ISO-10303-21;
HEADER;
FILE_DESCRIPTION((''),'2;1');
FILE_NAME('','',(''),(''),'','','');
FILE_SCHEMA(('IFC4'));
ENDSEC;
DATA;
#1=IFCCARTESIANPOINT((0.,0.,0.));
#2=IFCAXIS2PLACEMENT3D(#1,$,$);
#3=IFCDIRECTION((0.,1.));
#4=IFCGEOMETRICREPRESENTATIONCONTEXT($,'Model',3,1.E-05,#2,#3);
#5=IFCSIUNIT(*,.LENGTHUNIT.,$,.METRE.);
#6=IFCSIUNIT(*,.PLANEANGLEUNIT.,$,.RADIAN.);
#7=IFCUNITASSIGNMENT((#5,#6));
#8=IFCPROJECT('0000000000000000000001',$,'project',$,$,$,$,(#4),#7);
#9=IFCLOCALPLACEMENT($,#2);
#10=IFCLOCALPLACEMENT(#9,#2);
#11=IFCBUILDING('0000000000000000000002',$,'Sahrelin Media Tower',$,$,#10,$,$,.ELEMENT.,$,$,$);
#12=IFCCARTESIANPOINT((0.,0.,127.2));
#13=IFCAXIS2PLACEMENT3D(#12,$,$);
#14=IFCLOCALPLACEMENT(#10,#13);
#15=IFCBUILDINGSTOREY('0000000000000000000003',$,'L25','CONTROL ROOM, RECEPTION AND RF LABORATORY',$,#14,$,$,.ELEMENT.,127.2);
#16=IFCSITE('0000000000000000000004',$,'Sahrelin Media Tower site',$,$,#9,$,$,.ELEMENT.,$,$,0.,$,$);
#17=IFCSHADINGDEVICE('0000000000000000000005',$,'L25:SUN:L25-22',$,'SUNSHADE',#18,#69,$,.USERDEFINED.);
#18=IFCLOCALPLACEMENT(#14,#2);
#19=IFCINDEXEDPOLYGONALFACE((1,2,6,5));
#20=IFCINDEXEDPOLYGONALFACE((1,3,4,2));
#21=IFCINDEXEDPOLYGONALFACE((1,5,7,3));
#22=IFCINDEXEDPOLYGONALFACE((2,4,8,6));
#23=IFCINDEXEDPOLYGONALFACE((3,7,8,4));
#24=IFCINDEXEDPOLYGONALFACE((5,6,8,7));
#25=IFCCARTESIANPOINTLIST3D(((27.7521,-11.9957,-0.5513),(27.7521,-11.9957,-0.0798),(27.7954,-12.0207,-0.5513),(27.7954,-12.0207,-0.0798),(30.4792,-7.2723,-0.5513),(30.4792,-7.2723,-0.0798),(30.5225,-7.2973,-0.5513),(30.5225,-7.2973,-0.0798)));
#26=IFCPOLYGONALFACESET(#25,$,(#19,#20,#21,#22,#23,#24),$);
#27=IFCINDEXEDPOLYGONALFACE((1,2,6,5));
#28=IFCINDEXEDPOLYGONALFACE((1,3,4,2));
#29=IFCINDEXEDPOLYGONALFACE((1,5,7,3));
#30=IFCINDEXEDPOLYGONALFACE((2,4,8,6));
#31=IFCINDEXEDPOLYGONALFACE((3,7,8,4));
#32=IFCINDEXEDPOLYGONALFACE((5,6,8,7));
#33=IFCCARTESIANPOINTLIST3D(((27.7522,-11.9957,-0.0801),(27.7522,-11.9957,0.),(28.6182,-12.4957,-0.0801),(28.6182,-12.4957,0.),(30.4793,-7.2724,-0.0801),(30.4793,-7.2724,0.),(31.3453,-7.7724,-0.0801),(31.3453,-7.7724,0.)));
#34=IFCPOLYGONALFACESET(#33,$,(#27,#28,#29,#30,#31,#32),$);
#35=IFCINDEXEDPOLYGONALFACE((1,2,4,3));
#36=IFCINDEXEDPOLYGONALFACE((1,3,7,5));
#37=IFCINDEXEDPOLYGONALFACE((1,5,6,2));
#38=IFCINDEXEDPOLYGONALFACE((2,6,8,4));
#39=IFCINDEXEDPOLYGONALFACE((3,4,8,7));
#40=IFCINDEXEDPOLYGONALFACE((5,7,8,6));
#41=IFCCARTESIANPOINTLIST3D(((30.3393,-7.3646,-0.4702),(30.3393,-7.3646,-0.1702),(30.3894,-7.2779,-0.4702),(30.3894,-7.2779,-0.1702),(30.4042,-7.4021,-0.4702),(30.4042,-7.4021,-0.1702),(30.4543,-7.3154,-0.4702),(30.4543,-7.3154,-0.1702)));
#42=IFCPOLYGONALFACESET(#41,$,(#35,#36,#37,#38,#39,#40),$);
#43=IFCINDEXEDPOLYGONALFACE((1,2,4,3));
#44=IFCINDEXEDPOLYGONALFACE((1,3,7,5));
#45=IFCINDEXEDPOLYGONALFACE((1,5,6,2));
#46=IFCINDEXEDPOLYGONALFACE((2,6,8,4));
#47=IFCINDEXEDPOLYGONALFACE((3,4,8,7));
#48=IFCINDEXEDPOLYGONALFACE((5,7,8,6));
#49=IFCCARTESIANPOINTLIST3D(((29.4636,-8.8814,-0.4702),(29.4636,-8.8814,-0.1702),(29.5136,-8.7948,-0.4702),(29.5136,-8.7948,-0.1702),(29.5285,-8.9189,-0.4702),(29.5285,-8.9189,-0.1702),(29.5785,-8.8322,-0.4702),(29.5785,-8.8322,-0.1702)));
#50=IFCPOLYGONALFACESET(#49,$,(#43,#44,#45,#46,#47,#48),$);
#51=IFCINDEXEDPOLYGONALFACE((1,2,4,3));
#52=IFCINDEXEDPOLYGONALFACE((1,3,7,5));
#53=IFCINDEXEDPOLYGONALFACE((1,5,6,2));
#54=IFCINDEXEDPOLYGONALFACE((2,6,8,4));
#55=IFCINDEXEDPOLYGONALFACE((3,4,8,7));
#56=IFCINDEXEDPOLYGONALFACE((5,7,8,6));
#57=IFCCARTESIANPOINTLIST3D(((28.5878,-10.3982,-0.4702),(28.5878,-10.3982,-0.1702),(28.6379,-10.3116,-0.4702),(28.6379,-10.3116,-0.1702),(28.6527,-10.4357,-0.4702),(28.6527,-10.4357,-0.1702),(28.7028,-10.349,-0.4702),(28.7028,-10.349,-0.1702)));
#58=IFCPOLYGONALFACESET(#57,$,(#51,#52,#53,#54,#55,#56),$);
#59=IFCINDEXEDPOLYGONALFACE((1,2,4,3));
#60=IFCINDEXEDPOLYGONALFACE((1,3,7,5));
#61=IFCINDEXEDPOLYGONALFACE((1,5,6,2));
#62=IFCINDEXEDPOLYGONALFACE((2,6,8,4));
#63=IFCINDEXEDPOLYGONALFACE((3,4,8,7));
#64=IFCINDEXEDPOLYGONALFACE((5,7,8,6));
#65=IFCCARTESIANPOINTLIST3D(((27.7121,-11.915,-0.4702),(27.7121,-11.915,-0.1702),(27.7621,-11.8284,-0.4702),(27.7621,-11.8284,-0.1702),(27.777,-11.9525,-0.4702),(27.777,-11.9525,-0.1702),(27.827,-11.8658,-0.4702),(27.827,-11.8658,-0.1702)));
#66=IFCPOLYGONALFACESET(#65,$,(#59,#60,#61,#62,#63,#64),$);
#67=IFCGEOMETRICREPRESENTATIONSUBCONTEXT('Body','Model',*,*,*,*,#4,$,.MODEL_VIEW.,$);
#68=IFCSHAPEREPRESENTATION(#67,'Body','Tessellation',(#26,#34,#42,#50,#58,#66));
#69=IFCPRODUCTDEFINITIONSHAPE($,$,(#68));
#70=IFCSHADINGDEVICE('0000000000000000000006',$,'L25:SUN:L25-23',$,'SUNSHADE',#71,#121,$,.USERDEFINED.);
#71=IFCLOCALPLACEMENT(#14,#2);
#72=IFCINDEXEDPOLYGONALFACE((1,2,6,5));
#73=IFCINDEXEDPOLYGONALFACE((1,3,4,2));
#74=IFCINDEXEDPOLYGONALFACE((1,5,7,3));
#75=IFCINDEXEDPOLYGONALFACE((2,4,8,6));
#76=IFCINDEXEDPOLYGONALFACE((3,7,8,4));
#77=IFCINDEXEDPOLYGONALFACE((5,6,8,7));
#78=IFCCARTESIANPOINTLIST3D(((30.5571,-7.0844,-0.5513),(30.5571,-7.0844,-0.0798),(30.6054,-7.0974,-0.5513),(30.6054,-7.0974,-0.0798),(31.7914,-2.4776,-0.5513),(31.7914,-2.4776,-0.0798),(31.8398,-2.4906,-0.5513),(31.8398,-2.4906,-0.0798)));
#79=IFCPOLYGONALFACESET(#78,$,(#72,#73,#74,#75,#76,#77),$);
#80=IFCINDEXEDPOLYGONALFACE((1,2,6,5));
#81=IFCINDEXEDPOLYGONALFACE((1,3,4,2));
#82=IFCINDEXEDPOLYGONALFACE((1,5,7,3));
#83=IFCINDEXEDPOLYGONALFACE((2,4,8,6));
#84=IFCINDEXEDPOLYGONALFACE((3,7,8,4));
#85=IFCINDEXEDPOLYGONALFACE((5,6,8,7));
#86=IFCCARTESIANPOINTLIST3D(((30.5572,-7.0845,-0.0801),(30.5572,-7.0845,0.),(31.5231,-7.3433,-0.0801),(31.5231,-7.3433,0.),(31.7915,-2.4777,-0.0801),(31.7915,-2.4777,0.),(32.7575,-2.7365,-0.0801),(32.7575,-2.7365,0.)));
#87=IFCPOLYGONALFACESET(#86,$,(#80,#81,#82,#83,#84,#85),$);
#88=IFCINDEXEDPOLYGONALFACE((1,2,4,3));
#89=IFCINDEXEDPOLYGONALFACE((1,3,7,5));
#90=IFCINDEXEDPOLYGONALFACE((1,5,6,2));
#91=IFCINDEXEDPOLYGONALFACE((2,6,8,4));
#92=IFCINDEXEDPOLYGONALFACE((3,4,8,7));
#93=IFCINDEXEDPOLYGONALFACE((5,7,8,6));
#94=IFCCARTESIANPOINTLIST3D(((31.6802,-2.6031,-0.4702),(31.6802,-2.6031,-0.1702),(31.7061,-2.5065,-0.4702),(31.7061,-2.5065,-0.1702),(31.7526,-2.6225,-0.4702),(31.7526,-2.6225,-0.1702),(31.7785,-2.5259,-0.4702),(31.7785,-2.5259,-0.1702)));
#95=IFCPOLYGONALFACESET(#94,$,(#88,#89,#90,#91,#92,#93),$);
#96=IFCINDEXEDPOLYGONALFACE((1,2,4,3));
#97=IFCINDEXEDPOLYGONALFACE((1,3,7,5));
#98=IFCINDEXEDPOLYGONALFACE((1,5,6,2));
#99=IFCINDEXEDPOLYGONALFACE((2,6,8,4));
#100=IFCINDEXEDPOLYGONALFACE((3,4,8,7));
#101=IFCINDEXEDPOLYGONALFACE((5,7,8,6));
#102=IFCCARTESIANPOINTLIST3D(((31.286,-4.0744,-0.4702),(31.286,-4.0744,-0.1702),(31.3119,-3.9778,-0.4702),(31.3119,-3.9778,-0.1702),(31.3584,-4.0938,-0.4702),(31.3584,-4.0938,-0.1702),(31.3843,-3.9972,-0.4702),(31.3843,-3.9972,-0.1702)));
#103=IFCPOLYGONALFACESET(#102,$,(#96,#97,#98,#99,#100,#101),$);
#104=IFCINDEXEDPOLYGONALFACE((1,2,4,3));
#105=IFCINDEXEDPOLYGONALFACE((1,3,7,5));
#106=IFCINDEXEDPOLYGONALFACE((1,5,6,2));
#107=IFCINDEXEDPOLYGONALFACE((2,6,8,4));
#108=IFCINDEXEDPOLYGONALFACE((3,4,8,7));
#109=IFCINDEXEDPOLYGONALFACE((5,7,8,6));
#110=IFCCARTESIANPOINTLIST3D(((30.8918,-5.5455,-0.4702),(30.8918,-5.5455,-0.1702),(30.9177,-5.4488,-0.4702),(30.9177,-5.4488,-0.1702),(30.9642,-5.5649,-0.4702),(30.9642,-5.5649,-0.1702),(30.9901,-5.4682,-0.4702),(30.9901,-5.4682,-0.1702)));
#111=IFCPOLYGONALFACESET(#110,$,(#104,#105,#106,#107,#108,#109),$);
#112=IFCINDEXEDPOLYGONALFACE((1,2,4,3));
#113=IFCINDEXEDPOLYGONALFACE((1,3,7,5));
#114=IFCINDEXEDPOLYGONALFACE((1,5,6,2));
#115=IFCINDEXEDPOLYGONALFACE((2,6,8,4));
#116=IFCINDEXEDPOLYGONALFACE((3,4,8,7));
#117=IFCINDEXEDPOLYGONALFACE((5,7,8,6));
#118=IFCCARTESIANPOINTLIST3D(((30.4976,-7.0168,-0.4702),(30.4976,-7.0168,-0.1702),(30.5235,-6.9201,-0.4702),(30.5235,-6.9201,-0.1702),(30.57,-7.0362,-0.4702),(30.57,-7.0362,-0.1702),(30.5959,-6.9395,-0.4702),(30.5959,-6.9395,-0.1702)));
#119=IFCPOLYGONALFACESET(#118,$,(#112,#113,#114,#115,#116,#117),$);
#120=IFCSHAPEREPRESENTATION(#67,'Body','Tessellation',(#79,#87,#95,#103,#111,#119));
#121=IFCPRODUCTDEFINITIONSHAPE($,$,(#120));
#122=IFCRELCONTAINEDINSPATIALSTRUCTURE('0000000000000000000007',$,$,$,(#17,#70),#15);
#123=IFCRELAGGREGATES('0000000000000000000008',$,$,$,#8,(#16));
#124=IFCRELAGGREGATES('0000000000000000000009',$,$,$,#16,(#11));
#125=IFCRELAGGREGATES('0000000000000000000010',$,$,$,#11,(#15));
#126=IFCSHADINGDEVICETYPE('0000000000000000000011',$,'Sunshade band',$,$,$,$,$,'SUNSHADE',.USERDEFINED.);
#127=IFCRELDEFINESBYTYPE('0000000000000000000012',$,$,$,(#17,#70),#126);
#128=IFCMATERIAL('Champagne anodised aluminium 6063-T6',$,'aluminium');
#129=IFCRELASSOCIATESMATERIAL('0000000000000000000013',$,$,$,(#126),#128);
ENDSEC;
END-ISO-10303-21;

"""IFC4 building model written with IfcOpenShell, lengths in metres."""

from ifc_helpers import new_model, si_unit, direction, frame, origin, origin_2d, place, context, subcontext, project, spatial, rectangle, extrude, material, type_object, element, save


model = new_model("IFC4")

# Units and contexts
model_context = context("Model", 3, precision=1e-05, world=origin(), true_north=direction((0.0, 1.0)))
body_context = subcontext(model_context, "Body", "Model", "MODEL_VIEW")
ifc_project = project(units=[si_unit("LENGTHUNIT", "METRE"), si_unit("PLANEANGLEUNIT", "RADIAN")], contexts=[model_context])

# Site, building, storey
site_placement = place(None, origin())
site = spatial("IfcSite", under=ifc_project, at=site_placement, Name="Sahrelin Media Tower site", CompositionType="ELEMENT", RefElevation=0.0)
building_placement = place(site_placement, origin())
building = spatial("IfcBuilding", under=site, at=building_placement, Name="Sahrelin Media Tower", CompositionType="ELEMENT")
storey_placement = place(building_placement, frame((0.0, 0.0, 127.2)))
storey = spatial("IfcBuildingStorey", under=building, at=storey_placement, Name="L25", Description="CONTROL ROOM, RECEPTION AND RF LABORATORY", CompositionType="ELEMENT", Elevation=127.2)

# Shared definitions
ifc_material_1 = material(Name="Champagne anodised aluminium 6063-T6", Category="aluminium")

# Shading devices
placement_1 = place(storey_placement, frame((29.0984, -9.624, 0.0), z_axis=(0.0, 0.0, 1.0), x_axis=(-0.500011, -0.866019, 0.0)))
placement_2 = place(storey_placement, frame((31.155, -4.7759, 0.0), z_axis=(0.0, 0.0, 1.0), x_axis=(-0.258808, -0.965929, 0.0)))
shading_device_type_1 = type_object("IfcShadingDeviceType", Name="Sunshade band", ElementType="SUNSHADE", PredefinedType="USERDEFINED", material=ifc_material_1)
element("IfcShadingDevice", 1, at=placement_1, inside=storey, type_object=shading_device_type_1, Name="L25:SUN:L25-22", ObjectType="SUNSHADE", PredefinedType="USERDEFINED", context=body_context, shape_type="SweptSolid", body=[
    extrude(rectangle(XDim=5.4541, YDim=0.05, at=origin_2d()), frame((0.0, 0.0449, -0.5513)), (0.0, 0.0, 1.0), 0.4714),
    extrude(rectangle(XDim=5.4541, YDim=1.0, at=origin_2d()), frame((0.0, 0.52, -0.0801)), (0.0, 0.0, 1.0), 0.0801),
    extrude(rectangle(XDim=0.1001, YDim=0.075, at=origin_2d()), frame((-2.6272, -0.0176, -0.4702)), (0.0, 0.0, 1.0), 0.3),
    extrude(rectangle(XDim=0.1001, YDim=0.075, at=origin_2d()), frame((-0.8757, -0.0176, -0.4702)), (0.0, 0.0, 1.0), 0.3),
    extrude(rectangle(XDim=0.1001, YDim=0.075, at=origin_2d()), frame((0.8757, -0.0176, -0.4702)), (0.0, 0.0, 1.0), 0.3),
    extrude(rectangle(XDim=0.1001, YDim=0.075, at=origin_2d()), frame((2.6272, -0.0176, -0.4702)), (0.0, 0.0, 1.0), 0.3),
])
element("IfcShadingDevice", 2, at=placement_2, inside=storey, type_object=shading_device_type_1, Name="L25:SUN:L25-23", ObjectType="SUNSHADE", PredefinedType="USERDEFINED", context=body_context, shape_type="SweptSolid", body=[
    extrude(rectangle(XDim=4.7693, YDim=0.05, at=origin_2d()), frame((0.0, 0.0449, -0.5513)), (0.0, 0.0, 1.0), 0.4714),
    extrude(rectangle(XDim=4.7693, YDim=1.0, at=origin_2d()), frame((0.0, 0.52, -0.0801)), (0.0, 0.0, 1.0), 0.0801),
    extrude(rectangle(XDim=0.1001, YDim=0.075, at=origin_2d()), frame((-2.2847, -0.0176, -0.4702)), (0.0, 0.0, 1.0), 0.3),
    extrude(rectangle(XDim=0.1001, YDim=0.075, at=origin_2d()), frame((-0.7615, -0.0176, -0.4702)), (0.0, 0.0, 1.0), 0.3),
    extrude(rectangle(XDim=0.1001, YDim=0.075, at=origin_2d()), frame((0.7615, -0.0176, -0.4702)), (0.0, 0.0, 1.0), 0.3),
    extrude(rectangle(XDim=0.1001, YDim=0.075, at=origin_2d()), frame((2.2847, -0.0176, -0.4702)), (0.0, 0.0, 1.0), 0.3),
])

save(model, "model.ifc")
